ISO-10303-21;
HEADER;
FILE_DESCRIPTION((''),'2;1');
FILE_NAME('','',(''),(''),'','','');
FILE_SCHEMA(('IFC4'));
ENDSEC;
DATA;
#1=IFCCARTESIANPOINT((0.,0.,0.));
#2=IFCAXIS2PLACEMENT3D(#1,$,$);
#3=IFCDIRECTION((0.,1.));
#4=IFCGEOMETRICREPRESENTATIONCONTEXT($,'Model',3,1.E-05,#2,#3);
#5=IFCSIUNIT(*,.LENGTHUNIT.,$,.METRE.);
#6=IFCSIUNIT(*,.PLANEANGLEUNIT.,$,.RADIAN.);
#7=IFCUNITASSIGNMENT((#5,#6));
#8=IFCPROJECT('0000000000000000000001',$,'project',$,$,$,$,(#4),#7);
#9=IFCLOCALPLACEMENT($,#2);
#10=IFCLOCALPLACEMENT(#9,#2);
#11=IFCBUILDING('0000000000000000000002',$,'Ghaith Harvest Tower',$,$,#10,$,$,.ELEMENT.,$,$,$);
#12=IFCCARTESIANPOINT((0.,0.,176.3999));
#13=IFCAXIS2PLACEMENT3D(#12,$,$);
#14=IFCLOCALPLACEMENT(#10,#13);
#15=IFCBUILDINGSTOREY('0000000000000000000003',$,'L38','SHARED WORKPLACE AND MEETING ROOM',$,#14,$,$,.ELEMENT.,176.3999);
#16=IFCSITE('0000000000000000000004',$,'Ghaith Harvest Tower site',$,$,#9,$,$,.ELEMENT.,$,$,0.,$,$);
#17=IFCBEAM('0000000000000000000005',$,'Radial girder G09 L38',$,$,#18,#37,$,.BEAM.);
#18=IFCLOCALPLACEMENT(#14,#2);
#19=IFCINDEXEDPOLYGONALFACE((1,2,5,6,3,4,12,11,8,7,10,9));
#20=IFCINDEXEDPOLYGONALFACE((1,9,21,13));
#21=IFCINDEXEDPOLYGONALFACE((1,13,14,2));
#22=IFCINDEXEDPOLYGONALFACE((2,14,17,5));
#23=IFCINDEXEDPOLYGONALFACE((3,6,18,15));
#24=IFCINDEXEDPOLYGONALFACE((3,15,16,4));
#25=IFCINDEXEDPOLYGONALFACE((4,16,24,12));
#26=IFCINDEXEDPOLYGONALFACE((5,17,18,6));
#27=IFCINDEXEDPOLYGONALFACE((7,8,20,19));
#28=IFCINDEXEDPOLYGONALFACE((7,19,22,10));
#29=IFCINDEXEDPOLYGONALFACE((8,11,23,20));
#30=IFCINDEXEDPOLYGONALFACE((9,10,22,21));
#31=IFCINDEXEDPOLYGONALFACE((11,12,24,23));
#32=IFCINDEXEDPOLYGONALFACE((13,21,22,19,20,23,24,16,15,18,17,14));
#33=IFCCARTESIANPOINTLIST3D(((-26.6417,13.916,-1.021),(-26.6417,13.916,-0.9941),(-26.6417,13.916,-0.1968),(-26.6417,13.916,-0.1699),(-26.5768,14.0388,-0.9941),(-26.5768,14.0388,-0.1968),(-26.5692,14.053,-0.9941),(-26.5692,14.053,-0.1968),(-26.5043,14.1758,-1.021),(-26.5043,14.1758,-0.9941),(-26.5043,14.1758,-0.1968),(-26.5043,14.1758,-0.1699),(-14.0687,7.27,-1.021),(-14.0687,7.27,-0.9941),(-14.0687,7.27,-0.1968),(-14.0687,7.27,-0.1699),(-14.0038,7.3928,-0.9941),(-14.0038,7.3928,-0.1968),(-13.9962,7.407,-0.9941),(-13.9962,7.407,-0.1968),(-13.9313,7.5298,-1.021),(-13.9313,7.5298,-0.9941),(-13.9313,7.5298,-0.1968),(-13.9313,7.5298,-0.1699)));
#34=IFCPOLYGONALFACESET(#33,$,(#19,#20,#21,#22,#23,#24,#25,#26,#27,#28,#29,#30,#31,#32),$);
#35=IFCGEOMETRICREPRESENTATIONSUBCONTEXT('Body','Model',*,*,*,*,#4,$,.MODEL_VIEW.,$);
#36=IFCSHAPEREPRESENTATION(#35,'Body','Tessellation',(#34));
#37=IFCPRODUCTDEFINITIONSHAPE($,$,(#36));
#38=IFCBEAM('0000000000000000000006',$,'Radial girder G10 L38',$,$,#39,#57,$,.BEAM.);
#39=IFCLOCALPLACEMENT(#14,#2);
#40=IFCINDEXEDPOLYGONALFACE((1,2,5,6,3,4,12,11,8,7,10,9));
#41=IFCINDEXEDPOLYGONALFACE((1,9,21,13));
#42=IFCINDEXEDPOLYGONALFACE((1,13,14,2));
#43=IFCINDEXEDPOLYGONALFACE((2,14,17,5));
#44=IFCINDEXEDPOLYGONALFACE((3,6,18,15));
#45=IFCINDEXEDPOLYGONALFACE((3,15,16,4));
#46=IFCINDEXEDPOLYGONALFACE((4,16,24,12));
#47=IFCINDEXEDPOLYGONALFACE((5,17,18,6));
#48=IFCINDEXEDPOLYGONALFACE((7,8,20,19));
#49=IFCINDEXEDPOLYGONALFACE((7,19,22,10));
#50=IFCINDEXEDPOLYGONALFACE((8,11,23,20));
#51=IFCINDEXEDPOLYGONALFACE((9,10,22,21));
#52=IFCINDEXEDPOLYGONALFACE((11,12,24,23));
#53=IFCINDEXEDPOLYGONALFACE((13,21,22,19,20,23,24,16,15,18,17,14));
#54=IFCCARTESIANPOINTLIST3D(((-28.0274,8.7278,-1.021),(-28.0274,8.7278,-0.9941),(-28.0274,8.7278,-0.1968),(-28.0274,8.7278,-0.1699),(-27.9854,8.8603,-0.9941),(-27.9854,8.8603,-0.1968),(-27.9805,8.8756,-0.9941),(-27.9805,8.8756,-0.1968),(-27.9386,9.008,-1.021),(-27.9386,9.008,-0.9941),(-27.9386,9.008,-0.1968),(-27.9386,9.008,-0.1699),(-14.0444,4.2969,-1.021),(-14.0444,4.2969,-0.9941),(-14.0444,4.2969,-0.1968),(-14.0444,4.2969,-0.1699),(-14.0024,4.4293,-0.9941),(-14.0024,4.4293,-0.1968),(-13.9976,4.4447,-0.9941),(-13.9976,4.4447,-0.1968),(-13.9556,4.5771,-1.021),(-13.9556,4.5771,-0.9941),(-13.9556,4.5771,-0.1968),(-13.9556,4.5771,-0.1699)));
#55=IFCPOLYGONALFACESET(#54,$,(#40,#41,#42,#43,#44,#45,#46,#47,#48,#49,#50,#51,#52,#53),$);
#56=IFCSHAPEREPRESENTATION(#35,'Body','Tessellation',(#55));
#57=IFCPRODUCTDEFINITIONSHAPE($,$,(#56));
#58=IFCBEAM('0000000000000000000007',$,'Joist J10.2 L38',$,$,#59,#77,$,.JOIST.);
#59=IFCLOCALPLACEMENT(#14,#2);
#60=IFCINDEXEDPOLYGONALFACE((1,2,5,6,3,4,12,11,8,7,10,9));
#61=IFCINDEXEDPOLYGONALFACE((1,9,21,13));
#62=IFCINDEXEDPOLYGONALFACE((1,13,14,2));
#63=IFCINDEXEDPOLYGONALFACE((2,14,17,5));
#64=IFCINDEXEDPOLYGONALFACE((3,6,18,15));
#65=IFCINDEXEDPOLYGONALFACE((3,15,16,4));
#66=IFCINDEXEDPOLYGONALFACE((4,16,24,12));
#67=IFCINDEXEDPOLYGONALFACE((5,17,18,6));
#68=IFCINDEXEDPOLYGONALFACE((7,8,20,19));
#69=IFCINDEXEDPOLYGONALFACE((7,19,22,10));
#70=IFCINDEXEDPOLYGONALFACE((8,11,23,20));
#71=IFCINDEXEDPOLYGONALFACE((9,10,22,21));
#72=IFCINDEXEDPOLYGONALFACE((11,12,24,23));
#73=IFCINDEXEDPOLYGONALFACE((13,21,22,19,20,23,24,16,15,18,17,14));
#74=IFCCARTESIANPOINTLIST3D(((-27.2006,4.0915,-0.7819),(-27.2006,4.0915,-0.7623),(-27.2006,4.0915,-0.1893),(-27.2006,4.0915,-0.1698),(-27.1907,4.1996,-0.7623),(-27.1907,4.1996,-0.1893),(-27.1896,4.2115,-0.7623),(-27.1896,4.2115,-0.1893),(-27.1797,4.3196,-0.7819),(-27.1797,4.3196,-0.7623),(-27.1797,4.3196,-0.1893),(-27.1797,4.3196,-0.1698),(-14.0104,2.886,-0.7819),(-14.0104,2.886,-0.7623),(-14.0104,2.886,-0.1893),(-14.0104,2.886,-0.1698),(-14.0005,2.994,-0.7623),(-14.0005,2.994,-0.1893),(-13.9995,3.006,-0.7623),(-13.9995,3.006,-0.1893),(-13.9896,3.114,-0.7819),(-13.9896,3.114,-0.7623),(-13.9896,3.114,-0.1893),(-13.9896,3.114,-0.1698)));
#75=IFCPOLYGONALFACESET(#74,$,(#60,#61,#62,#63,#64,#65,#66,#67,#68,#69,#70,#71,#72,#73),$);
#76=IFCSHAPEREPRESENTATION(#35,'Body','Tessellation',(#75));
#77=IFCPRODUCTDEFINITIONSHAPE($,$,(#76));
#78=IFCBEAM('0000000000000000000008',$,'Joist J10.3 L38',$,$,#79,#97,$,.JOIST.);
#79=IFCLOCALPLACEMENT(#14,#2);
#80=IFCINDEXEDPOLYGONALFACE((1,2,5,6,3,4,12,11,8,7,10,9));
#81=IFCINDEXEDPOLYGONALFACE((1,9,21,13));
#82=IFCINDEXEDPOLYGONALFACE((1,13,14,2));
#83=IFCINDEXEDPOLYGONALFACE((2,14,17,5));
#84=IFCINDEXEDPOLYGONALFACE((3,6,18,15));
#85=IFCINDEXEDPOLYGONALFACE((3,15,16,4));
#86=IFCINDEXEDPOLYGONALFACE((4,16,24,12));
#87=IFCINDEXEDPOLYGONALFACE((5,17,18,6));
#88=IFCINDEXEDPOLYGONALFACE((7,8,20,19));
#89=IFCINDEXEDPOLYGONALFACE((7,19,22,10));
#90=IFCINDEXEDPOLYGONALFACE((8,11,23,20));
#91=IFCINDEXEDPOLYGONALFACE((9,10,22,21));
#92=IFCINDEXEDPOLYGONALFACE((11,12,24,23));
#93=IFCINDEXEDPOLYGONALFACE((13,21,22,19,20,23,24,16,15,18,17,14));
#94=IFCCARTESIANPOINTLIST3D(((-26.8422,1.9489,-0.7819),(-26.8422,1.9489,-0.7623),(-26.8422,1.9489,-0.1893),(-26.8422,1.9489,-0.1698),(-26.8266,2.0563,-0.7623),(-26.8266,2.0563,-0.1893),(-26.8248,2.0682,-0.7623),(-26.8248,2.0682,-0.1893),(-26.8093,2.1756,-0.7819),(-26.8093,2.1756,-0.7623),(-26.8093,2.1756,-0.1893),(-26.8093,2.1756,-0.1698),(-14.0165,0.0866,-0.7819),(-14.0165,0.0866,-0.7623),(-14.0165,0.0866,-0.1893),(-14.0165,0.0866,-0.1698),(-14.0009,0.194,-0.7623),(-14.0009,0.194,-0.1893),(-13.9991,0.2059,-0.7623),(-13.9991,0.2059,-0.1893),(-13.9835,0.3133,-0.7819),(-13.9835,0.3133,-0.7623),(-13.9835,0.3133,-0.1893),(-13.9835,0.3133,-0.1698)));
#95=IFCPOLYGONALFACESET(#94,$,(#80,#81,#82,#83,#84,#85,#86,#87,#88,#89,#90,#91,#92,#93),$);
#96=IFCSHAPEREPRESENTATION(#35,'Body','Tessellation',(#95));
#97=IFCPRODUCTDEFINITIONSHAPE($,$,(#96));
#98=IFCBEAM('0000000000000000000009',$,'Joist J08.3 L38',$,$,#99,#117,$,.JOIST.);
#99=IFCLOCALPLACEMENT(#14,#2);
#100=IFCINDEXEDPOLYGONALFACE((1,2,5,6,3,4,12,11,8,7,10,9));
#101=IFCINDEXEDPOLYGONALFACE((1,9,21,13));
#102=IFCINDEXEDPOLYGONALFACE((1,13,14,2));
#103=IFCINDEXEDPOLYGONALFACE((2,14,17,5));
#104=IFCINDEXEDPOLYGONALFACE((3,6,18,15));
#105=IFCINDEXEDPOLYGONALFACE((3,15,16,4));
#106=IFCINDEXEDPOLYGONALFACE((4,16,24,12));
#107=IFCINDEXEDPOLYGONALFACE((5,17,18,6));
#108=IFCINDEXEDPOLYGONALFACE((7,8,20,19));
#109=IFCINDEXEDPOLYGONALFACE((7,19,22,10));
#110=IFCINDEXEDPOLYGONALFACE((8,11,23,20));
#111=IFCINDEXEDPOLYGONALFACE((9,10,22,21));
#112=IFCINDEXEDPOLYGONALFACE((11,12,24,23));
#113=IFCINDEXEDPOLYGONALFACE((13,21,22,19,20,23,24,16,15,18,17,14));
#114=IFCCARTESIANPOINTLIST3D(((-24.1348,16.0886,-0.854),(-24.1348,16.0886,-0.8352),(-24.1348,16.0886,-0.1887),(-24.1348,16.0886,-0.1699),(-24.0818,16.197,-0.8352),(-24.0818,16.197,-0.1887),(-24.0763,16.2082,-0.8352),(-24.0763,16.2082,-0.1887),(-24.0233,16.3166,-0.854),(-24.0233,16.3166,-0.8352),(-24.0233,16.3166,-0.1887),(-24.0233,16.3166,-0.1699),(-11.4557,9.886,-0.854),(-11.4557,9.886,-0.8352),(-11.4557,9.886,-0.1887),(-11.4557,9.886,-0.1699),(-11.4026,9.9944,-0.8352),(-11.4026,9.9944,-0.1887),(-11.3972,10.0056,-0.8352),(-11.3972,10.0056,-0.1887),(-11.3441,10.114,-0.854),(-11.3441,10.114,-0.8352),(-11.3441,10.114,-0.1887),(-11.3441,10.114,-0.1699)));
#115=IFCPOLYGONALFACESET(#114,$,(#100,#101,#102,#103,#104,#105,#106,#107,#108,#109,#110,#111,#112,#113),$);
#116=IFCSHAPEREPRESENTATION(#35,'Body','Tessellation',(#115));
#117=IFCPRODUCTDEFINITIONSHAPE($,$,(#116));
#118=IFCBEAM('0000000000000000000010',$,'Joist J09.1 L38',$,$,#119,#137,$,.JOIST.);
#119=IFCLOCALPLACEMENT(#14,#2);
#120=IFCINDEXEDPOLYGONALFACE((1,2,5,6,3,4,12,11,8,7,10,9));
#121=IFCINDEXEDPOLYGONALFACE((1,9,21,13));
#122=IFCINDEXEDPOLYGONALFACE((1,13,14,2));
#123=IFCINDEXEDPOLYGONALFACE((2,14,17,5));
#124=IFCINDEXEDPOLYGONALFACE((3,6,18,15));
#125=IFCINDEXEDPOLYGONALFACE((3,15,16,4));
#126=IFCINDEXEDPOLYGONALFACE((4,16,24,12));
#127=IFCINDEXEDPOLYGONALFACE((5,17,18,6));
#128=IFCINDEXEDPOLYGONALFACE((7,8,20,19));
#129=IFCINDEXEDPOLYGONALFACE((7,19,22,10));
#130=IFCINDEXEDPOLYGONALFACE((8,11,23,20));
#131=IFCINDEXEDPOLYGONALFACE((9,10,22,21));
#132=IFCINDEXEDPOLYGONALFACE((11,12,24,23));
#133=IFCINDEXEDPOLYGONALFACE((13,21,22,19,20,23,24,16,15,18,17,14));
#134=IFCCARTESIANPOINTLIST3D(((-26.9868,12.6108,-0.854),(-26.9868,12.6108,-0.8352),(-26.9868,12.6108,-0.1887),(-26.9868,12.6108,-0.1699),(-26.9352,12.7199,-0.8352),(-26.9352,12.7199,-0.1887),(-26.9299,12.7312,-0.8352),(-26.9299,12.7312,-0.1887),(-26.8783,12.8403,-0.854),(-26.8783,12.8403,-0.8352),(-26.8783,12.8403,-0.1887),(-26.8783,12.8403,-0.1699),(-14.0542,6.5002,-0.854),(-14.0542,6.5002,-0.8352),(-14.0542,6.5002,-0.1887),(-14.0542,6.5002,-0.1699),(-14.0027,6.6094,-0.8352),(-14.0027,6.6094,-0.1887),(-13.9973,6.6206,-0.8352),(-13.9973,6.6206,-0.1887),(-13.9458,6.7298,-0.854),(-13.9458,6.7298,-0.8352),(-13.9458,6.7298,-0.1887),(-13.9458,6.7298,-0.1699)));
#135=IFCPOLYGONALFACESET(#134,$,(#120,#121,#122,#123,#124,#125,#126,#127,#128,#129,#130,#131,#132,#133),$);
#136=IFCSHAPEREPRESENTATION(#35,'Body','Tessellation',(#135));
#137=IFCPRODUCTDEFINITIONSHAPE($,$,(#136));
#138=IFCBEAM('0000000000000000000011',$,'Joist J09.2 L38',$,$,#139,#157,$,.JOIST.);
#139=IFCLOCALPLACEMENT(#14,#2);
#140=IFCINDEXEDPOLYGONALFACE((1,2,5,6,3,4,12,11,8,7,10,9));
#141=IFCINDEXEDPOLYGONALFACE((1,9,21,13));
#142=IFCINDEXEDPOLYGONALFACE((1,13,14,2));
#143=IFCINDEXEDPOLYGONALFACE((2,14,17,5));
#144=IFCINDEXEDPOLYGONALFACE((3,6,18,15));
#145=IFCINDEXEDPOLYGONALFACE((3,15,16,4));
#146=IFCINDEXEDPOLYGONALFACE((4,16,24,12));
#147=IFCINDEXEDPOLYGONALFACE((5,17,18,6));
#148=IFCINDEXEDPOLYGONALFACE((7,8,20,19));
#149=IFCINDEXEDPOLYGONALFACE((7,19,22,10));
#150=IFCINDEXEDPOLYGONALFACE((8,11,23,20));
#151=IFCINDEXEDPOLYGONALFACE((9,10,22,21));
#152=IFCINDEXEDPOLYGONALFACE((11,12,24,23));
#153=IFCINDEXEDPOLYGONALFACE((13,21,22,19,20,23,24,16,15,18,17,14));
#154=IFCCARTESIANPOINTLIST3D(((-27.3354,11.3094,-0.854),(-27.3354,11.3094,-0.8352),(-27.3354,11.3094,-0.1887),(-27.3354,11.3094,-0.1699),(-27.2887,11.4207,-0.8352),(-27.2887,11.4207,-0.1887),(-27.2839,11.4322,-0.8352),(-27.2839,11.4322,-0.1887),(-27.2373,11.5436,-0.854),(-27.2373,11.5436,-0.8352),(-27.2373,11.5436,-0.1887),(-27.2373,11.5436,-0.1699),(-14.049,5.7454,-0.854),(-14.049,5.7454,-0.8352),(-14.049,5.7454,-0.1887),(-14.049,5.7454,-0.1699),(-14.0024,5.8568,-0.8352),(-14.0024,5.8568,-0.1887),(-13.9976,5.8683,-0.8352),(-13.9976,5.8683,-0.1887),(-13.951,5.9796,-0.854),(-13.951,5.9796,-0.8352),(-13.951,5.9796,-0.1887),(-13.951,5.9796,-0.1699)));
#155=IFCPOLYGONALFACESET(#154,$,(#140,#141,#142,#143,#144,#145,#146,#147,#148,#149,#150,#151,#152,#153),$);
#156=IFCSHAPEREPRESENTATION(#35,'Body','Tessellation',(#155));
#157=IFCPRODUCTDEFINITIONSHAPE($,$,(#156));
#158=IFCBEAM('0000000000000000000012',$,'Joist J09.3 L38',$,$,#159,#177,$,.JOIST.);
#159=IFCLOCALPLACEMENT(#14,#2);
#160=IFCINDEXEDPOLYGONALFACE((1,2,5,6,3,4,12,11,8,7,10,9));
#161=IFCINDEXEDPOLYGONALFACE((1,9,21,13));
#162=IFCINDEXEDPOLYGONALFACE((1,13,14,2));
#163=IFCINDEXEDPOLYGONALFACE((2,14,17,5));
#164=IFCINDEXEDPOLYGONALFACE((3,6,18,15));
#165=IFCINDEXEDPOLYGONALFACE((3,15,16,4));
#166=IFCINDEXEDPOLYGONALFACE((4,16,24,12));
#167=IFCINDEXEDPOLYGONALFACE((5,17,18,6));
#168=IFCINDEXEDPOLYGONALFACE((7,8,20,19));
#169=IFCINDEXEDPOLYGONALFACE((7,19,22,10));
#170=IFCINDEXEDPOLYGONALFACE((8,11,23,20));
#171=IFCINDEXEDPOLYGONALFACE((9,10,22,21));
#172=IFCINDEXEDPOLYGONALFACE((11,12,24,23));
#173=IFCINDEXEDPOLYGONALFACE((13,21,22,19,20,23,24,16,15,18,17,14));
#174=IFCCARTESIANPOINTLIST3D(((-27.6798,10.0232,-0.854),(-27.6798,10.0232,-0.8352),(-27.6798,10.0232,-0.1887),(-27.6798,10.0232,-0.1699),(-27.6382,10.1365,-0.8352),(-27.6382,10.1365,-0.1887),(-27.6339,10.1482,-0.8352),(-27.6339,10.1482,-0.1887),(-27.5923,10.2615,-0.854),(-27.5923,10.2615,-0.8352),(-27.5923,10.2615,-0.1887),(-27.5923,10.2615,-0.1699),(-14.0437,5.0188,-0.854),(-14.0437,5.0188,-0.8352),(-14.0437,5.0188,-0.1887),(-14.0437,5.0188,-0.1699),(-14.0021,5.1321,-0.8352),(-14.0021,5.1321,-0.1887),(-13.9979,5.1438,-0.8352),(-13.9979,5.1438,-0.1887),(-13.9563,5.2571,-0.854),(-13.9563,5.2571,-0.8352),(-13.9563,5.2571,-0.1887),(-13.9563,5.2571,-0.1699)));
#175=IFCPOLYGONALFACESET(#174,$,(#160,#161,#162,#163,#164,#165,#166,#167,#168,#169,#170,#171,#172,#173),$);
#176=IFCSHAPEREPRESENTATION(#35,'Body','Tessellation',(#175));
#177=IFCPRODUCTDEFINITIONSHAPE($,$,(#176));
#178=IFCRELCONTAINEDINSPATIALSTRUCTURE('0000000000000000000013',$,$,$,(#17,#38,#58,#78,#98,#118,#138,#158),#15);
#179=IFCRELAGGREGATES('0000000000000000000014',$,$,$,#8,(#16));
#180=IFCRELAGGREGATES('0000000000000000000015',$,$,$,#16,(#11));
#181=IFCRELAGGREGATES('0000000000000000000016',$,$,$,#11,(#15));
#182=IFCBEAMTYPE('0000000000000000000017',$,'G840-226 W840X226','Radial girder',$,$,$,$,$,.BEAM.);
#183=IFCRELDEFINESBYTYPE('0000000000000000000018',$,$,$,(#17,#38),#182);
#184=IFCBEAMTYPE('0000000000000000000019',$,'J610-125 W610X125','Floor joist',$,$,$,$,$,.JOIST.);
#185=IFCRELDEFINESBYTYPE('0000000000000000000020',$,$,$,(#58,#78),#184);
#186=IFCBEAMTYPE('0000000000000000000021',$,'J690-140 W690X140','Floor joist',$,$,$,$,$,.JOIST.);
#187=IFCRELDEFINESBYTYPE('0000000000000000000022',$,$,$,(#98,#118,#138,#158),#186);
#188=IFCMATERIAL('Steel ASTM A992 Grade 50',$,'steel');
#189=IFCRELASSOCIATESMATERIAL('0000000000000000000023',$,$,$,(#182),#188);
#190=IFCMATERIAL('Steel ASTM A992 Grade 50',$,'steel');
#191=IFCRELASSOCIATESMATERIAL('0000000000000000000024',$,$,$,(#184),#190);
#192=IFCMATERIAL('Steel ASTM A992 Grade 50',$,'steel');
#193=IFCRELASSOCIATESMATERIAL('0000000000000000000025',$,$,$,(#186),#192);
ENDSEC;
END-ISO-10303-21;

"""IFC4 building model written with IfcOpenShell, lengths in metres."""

from ifc_helpers import new_model, si_unit, direction, frame, origin, origin_2d, place, context, subcontext, project, spatial, i_section, extrude, material, material_profile, profile_set, type_object, element, save


model = new_model("IFC4")

# Units and contexts
model_context = context("Model", 3, precision=1e-05, world=origin(), true_north=direction((0.0, 1.0)))
body_context = subcontext(model_context, "Body", "Model", "MODEL_VIEW")
ifc_project = project(units=[si_unit("LENGTHUNIT", "METRE"), si_unit("PLANEANGLEUNIT", "RADIAN")], contexts=[model_context])

# Site, building, storey
site_placement = place(None, origin())
site = spatial("IfcSite", under=ifc_project, at=site_placement, Name="Ghaith Harvest Tower site", CompositionType="ELEMENT", RefElevation=0.0)
building_placement = place(site_placement, origin())
building = spatial("IfcBuilding", under=site, at=building_placement, Name="Ghaith Harvest Tower", CompositionType="ELEMENT")
storey_placement = place(building_placement, frame((0.0, 0.0, 176.3999)))
storey = spatial("IfcBuildingStorey", under=building, at=storey_placement, Name="L38", Description="SHARED WORKPLACE AND MEETING ROOM", CompositionType="ELEMENT", Elevation=176.3999)

# Beams
ifc_material_1 = material(Name="Steel ASTM A992 Grade 50", Category="steel")
ifc_material_profile_1 = material_profile(ifc_material_1, i_section(OverallWidth=0.2939, OverallDepth=0.8511, WebThickness=0.0161, FlangeThickness=0.0269, at=origin_2d()), Name="W840X226")
ifc_profile_set_1 = profile_set([ifc_material_profile_1], Name="Steel ASTM A992 Grade 50")
beam_type_1 = type_object("IfcBeamType", Name="G840-226 W840X226", Description="Radial girder", PredefinedType="BEAM", material=ifc_profile_set_1)
beam_1_placement = place(storey_placement, frame((-14.0, 7.3999, -0.5955), z_axis=(-0.884087, 0.467322, 0.0), x_axis=(-0.467322, -0.884087, 0.0)))
element("IfcBeam", 1, at=beam_1_placement, inside=storey, type_object=beam_type_1, Name="Radial girder G09 L38", PredefinedType="BEAM", context=body_context, shape_type="SweptSolid", body=[
    extrude(i_section(OverallWidth=0.2939, OverallDepth=0.8511, WebThickness=0.0161, FlangeThickness=0.0269, at=origin_2d()), origin(), (0.0, 0.0, 1.0), 14.2214),
])
beam_2_placement = place(storey_placement, frame((-14.0, 4.437, -0.5955), z_axis=(-0.953284, 0.302077, 0.0), x_axis=(-0.302077, -0.953284, 0.0)))
element("IfcBeam", 2, at=beam_2_placement, inside=storey, type_object=beam_type_1, Name="Radial girder G10 L38", PredefinedType="BEAM", context=body_context, shape_type="SweptSolid", body=[
    extrude(i_section(OverallWidth=0.2939, OverallDepth=0.8511, WebThickness=0.0161, FlangeThickness=0.0269, at=origin_2d()), origin(), (0.0, 0.0, 1.0), 14.6682),
])
ifc_material_2 = material(Name="Steel ASTM A992 Grade 50", Category="steel")
ifc_material_profile_2 = material_profile(ifc_material_2, i_section(OverallWidth=0.229, OverallDepth=0.6121, WebThickness=0.012, FlangeThickness=0.0195, at=origin_2d()), Name="W610X125")
ifc_profile_set_2 = profile_set([ifc_material_profile_2], Name="Steel ASTM A992 Grade 50")
beam_type_2 = type_object("IfcBeamType", Name="J610-125 W610X125", Description="Floor joist", PredefinedType="JOIST", material=ifc_profile_set_2)
beam_3_placement = place(storey_placement, frame((-14.0, 3.0, -0.4758), z_axis=(-0.995849, 0.091019, 0.0), x_axis=(-0.091019, -0.995849, 0.0)))
element("IfcBeam", 3, at=beam_3_placement, inside=storey, type_object=beam_type_2, Name="Joist J10.2 L38", PredefinedType="JOIST", context=body_context, shape_type="SweptSolid", body=[
    extrude(i_section(OverallWidth=0.229, OverallDepth=0.6121, WebThickness=0.012, FlangeThickness=0.0195, at=origin_2d()), origin(), (0.0, 0.0, 1.0), 13.2451),
])
beam_4_placement = place(storey_placement, frame((-14.0, 0.2, -0.4758), z_axis=(-0.989622, 0.143694, 0.0), x_axis=(-0.143694, -0.989622, 0.0)))
element("IfcBeam", 4, at=beam_4_placement, inside=storey, type_object=beam_type_2, Name="Joist J10.3 L38", PredefinedType="JOIST", context=body_context, shape_type="SweptSolid", body=[
    extrude(i_section(OverallWidth=0.229, OverallDepth=0.6121, WebThickness=0.012, FlangeThickness=0.0195, at=origin_2d()), origin(), (0.0, 0.0, 1.0), 12.9602),
])
ifc_material_3 = material(Name="Steel ASTM A992 Grade 50", Category="steel")
ifc_material_profile_3 = material_profile(ifc_material_3, i_section(OverallWidth=0.2539, OverallDepth=0.6841, WebThickness=0.0125, FlangeThickness=0.0188, at=origin_2d()), Name="W690X140")
ifc_profile_set_3 = profile_set([ifc_material_profile_3], Name="Steel ASTM A992 Grade 50")
beam_type_3 = type_object("IfcBeamType", Name="J690-140 W690X140", Description="Floor joist", PredefinedType="JOIST", material=ifc_profile_set_3)
beam_5_placement = place(storey_placement, frame((-11.3999, 10.0, -0.512), z_axis=(-0.898275, 0.439434, 0.0), x_axis=(-0.439434, -0.898275, 0.0)))
element("IfcBeam", 5, at=beam_5_placement, inside=storey, type_object=beam_type_3, Name="Joist J08.3 L38", PredefinedType="JOIST", context=body_context, shape_type="SweptSolid", body=[
    extrude(i_section(OverallWidth=0.2539, OverallDepth=0.6841, WebThickness=0.0125, FlangeThickness=0.0188, at=origin_2d()), origin(), (0.0, 0.0, 1.0), 14.115),
])
beam_6_placement = place(storey_placement, frame((-14.0, 6.615, -0.512), z_axis=(-0.904153, 0.427208, 0.0), x_axis=(-0.427208, -0.904153, 0.0)))
element("IfcBeam", 6, at=beam_6_placement, inside=storey, type_object=beam_type_3, Name="Joist J09.1 L38", PredefinedType="JOIST", context=body_context, shape_type="SweptSolid", body=[
    extrude(i_section(OverallWidth=0.2539, OverallDepth=0.6841, WebThickness=0.0125, FlangeThickness=0.0188, at=origin_2d()), origin(), (0.0, 0.0, 1.0), 14.3035),
])
beam_7_placement = place(storey_placement, frame((-14.0, 5.8625, -0.512), z_axis=(-0.922386, 0.38627, 0.0), x_axis=(-0.38627, -0.922386, 0.0)))
element("IfcBeam", 7, at=beam_7_placement, inside=storey, type_object=beam_type_3, Name="Joist J09.2 L38", PredefinedType="JOIST", context=body_context, shape_type="SweptSolid", body=[
    extrude(i_section(OverallWidth=0.2539, OverallDepth=0.6841, WebThickness=0.0125, FlangeThickness=0.0188, at=origin_2d()), origin(), (0.0, 0.0, 1.0), 14.4043),
])
beam_8_placement = place(storey_placement, frame((-14.0, 5.1379, -0.512), z_axis=(-0.938775, 0.34453, 0.0), x_axis=(-0.34453, -0.938775, 0.0)))
element("IfcBeam", 8, at=beam_8_placement, inside=storey, type_object=beam_type_3, Name="Joist J09.3 L38", PredefinedType="JOIST", context=body_context, shape_type="SweptSolid", body=[
    extrude(i_section(OverallWidth=0.2539, OverallDepth=0.6841, WebThickness=0.0125, FlangeThickness=0.0188, at=origin_2d()), origin(), (0.0, 0.0, 1.0), 14.5254),
])

save(model, "model.ifc")
